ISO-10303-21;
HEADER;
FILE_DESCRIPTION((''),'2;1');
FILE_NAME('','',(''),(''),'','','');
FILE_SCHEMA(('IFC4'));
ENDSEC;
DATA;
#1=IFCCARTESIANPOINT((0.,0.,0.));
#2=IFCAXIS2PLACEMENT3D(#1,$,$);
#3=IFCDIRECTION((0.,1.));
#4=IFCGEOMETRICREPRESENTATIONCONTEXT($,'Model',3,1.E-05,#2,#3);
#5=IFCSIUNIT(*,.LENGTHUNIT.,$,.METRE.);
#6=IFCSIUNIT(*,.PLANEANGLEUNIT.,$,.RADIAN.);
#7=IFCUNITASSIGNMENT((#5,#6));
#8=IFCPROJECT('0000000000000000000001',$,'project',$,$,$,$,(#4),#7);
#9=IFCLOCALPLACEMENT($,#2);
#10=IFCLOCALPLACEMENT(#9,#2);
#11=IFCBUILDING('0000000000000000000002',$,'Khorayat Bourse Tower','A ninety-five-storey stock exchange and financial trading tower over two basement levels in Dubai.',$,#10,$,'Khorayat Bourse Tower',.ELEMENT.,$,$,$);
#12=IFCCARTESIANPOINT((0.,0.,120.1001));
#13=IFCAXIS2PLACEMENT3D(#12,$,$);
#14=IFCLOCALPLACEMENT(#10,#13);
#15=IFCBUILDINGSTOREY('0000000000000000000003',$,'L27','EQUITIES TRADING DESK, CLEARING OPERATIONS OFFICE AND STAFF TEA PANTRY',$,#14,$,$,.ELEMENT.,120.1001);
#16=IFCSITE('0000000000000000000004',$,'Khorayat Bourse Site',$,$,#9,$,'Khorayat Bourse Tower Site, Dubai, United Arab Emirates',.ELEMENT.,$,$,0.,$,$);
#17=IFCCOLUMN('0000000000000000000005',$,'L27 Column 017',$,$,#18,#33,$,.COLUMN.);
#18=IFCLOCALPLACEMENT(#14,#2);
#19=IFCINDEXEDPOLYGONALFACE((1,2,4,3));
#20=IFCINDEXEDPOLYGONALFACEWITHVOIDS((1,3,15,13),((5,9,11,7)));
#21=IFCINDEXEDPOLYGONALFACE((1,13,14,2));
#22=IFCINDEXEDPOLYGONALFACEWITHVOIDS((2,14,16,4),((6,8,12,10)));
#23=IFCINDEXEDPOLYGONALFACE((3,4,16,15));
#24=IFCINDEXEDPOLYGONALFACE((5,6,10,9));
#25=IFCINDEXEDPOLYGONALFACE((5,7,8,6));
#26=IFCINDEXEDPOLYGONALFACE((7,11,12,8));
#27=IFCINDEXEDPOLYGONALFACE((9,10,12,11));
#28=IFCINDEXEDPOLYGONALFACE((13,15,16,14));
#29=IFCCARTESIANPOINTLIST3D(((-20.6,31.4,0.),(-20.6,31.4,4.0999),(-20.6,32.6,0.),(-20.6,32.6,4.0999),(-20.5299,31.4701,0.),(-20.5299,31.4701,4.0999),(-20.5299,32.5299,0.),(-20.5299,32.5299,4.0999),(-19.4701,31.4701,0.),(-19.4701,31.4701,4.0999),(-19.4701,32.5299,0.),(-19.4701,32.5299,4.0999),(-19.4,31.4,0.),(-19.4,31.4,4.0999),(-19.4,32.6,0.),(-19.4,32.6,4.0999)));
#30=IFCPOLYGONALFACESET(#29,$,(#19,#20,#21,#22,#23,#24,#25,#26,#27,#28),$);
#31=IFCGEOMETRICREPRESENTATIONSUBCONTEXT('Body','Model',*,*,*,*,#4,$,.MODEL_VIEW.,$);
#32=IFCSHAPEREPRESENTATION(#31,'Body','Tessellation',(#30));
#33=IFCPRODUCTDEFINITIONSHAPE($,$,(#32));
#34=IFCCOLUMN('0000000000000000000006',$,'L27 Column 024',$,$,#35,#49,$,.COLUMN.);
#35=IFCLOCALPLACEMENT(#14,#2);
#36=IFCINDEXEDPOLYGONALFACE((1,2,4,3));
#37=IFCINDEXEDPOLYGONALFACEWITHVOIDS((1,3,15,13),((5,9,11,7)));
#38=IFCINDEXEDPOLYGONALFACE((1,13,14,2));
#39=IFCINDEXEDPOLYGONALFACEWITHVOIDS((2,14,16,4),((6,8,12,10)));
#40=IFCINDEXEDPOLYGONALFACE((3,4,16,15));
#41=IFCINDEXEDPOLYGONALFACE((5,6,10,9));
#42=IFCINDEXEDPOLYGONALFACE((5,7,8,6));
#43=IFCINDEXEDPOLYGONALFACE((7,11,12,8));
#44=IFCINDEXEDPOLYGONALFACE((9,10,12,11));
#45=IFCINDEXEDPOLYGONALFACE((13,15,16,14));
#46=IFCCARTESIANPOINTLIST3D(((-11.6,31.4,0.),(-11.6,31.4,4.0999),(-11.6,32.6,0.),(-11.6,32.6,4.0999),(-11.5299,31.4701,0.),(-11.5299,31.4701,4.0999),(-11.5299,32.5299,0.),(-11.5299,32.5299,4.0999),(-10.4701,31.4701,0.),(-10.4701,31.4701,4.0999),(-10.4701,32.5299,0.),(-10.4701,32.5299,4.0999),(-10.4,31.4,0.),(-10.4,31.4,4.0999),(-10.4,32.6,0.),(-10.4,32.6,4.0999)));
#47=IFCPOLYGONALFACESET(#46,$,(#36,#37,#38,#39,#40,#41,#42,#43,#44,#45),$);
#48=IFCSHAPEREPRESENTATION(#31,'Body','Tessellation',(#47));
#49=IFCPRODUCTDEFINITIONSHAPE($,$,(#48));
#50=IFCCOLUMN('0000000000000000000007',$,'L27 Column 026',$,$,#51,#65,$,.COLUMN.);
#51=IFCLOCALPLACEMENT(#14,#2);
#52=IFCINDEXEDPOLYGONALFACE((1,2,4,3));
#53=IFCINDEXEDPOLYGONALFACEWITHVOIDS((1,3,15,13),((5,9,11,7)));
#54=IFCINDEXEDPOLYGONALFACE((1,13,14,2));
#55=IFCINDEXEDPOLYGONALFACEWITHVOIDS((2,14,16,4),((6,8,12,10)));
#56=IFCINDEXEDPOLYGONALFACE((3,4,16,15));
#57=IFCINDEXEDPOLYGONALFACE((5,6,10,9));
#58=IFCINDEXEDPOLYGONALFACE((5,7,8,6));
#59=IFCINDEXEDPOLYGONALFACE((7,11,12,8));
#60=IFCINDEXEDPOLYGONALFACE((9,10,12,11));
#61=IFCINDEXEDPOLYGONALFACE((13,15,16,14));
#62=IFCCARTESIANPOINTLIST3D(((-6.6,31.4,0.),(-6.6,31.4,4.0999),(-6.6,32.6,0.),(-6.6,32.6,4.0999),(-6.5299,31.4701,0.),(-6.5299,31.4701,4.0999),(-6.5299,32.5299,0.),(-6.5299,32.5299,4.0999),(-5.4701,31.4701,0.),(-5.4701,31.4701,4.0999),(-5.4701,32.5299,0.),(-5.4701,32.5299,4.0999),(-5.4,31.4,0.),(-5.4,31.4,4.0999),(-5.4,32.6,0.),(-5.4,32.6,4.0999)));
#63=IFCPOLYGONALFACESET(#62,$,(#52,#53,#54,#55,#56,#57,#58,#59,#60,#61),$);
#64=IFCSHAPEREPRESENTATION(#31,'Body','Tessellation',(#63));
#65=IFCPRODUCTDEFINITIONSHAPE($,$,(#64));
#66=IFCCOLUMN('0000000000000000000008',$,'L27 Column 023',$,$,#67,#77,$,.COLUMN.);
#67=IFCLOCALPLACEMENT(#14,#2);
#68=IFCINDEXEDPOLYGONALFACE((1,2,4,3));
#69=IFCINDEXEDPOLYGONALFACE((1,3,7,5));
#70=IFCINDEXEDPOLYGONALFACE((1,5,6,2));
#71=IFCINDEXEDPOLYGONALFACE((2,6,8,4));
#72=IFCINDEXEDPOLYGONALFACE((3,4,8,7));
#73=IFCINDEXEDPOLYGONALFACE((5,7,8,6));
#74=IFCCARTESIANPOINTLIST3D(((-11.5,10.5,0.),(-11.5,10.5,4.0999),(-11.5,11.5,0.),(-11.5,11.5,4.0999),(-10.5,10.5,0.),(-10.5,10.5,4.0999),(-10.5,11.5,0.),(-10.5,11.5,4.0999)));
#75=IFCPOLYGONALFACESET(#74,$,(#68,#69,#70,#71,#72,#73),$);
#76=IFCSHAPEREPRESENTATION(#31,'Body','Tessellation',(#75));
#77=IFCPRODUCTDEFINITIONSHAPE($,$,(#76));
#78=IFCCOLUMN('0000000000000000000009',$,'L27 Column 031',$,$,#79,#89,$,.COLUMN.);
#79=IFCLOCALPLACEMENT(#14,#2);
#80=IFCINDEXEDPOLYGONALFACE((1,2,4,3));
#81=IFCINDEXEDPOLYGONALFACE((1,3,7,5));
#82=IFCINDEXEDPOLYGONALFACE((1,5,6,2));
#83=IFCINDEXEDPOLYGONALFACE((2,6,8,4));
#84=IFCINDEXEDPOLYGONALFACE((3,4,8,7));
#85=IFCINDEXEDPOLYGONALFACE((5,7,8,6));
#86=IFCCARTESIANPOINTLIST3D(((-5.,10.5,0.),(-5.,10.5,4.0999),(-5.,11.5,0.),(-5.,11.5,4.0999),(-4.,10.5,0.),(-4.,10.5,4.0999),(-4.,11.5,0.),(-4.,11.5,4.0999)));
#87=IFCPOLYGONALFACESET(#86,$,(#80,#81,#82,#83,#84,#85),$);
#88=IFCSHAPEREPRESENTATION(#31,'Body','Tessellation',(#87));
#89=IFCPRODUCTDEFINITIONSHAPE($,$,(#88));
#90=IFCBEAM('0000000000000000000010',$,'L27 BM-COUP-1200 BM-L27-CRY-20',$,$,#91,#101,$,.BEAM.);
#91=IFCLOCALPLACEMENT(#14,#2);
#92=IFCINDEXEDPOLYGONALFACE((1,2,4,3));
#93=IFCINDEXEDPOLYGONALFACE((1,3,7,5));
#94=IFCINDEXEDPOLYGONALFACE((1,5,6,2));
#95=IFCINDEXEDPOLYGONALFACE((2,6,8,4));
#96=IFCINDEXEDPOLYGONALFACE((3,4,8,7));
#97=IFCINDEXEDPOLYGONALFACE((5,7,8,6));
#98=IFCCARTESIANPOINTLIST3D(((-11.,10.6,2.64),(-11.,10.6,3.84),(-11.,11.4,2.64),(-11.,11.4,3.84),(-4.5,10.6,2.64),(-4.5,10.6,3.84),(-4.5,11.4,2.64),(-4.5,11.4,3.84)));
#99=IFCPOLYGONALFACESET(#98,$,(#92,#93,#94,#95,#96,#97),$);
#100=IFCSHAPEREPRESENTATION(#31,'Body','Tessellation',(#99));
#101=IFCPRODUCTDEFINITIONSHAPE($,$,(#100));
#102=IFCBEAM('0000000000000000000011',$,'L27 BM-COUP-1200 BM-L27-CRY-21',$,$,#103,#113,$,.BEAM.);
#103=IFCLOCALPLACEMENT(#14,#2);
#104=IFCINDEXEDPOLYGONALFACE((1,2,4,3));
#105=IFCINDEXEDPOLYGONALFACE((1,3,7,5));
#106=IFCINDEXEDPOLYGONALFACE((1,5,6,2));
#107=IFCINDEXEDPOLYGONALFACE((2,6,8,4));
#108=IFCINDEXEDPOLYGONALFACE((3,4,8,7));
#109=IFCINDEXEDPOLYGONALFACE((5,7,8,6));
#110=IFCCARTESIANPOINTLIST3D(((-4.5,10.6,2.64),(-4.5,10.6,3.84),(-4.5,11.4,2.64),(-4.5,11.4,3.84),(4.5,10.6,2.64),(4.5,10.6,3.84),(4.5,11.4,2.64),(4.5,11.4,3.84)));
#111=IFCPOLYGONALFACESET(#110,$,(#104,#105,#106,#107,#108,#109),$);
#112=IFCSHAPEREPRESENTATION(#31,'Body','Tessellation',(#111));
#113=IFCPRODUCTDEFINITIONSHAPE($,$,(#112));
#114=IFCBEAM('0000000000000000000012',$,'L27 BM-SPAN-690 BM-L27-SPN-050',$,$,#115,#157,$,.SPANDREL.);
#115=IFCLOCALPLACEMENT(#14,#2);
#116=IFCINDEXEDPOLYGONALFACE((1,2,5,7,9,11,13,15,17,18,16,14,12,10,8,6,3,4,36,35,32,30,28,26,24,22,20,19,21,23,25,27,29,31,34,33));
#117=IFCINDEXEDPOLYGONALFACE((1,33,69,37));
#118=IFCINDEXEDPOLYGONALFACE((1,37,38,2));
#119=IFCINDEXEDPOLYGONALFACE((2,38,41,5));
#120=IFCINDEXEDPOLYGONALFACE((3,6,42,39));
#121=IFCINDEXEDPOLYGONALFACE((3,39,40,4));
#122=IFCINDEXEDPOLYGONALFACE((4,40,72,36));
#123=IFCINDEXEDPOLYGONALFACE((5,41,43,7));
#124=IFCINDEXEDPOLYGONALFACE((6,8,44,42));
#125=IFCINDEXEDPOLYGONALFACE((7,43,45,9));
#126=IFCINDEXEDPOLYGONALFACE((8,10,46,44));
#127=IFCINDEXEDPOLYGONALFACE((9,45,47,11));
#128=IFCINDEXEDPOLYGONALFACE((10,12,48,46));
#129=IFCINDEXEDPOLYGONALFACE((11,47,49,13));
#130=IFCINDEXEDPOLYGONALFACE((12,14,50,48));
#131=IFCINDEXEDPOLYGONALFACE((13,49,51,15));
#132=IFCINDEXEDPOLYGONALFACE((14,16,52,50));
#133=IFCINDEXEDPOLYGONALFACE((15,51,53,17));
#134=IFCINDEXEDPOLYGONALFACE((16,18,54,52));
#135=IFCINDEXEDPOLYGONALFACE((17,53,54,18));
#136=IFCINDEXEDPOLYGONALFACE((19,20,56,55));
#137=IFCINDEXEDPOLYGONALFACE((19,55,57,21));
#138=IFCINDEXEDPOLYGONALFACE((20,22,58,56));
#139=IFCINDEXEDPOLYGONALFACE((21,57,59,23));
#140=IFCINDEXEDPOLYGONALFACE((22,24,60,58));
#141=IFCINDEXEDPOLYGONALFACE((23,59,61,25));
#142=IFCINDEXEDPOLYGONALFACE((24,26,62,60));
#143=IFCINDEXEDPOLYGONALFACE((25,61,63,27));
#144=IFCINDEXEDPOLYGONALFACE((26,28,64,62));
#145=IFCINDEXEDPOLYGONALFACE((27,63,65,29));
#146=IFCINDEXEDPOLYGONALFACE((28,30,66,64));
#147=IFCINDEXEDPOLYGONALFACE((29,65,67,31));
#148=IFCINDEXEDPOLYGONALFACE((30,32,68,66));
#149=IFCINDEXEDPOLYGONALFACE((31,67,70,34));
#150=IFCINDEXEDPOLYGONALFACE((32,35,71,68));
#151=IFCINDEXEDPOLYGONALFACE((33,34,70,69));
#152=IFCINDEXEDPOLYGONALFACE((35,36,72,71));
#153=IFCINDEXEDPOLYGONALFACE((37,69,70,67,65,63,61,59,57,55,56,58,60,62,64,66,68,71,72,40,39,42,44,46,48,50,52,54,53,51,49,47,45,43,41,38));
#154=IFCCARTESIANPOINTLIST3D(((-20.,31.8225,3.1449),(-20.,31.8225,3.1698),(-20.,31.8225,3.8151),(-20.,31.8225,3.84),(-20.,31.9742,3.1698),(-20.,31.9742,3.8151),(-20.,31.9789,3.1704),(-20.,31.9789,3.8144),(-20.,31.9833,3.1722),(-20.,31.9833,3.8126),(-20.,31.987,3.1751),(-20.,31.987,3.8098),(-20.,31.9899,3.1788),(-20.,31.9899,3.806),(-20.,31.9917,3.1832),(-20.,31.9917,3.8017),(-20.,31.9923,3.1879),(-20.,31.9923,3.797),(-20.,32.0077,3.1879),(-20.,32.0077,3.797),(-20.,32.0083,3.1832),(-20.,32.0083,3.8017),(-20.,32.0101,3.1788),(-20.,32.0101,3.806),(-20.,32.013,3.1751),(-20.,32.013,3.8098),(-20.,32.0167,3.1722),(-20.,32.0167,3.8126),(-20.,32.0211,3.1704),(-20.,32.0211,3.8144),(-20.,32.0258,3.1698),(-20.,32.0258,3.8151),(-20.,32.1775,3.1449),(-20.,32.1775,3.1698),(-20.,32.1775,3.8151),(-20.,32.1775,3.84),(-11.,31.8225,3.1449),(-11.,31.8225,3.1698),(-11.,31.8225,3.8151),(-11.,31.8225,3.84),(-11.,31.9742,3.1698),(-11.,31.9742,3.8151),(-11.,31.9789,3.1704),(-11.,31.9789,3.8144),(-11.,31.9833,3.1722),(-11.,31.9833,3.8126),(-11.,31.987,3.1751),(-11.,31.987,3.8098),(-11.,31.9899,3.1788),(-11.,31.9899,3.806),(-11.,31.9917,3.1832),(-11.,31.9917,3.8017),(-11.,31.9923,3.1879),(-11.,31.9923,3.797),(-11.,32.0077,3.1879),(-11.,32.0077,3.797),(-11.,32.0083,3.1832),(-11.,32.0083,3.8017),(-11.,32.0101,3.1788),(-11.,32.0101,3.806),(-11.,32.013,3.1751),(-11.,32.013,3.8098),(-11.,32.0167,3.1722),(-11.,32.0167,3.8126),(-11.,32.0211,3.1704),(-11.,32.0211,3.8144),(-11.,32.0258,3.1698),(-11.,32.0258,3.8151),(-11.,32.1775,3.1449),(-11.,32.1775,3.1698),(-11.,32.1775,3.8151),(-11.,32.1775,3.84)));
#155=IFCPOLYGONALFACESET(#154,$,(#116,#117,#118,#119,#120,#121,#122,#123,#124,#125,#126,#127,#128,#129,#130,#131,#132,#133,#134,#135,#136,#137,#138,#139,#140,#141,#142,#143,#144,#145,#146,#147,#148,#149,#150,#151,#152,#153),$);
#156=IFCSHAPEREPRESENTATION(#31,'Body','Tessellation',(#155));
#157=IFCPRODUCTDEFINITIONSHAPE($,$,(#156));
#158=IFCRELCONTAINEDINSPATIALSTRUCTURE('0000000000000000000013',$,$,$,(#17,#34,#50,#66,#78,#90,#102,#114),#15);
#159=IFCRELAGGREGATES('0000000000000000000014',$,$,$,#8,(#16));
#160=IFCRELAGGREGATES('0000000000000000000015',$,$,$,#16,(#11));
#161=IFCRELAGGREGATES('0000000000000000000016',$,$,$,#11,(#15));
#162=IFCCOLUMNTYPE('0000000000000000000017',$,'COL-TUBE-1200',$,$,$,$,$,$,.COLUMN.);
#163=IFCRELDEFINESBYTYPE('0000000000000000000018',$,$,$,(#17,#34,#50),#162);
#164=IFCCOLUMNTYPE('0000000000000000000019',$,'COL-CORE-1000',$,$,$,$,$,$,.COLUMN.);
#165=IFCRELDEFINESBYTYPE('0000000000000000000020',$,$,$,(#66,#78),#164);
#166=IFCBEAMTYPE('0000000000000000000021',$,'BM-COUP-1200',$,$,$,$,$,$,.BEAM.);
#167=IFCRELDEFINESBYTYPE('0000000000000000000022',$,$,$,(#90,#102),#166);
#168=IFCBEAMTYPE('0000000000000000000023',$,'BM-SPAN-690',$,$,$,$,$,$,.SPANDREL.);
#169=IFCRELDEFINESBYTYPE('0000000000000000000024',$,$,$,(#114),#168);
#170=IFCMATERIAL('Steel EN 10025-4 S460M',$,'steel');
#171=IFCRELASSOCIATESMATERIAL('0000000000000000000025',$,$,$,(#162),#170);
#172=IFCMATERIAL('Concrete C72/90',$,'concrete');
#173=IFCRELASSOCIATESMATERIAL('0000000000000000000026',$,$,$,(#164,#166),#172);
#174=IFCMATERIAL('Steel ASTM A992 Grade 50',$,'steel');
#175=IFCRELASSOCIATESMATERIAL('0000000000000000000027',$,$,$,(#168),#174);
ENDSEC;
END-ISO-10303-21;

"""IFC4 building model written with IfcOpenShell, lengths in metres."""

from ifc_helpers import new_model, si_unit, direction, frame, origin, origin_2d, place, context, subcontext, project, spatial, rectangle, hollow_rectangle, i_section, extrude, source, transform, mapped, material, material_profile, profile_set, type_object, element, save


model = new_model("IFC4")

# Units and contexts
model_context = context("Model", 3, precision=1e-05, world=origin(), true_north=direction((0.0, 1.0)))
body_context = subcontext(model_context, "Body", "Model", "MODEL_VIEW")
ifc_project = project(units=[si_unit("LENGTHUNIT", "METRE"), si_unit("PLANEANGLEUNIT", "RADIAN")], contexts=[model_context])

# Site, building, storey
site_placement = place(None, origin())
site = spatial("IfcSite", under=ifc_project, at=site_placement, Name="Khorayat Bourse Site", LongName="Khorayat Bourse Tower Site, Dubai, United Arab Emirates", CompositionType="ELEMENT", RefElevation=0.0)
building_placement = place(site_placement, origin())
building = spatial("IfcBuilding", under=site, at=building_placement, Name="Khorayat Bourse Tower", Description="A ninety-five-storey stock exchange and financial trading tower over two basement levels in Dubai.", LongName="Khorayat Bourse Tower", CompositionType="ELEMENT")
storey_placement = place(building_placement, frame((0.0, 0.0, 120.1001)))
storey = spatial("IfcBuildingStorey", under=building, at=storey_placement, Name="L27", Description="EQUITIES TRADING DESK, CLEARING OPERATIONS OFFICE AND STAFF TEA PANTRY", CompositionType="ELEMENT", Elevation=120.1001)

# Columns
ifc_material_1 = material(Name="Steel EN 10025-4 S460M", Category="steel")
ifc_material_profile_1 = material_profile(ifc_material_1, hollow_rectangle(XDim=1.2, YDim=1.2, WallThickness=0.0701, at=origin_2d()), Name="BOX 1200x1200x70")
ifc_profile_set_1 = profile_set([ifc_material_profile_1], Name="Steel EN 10025-4 S460M")
column_type_1 = type_object("IfcColumnType", Name="COL-TUBE-1200", PredefinedType="COLUMN", material=ifc_profile_set_1)
shared_shape_1 = source(origin(), body_context, "Body", "SweptSolid", [
    extrude(hollow_rectangle(XDim=1.2, YDim=1.2, WallThickness=0.0701, at=origin_2d()), origin(), (0.0, 0.0, 1.0), 4.0999),
])
for number, where, z_axis, x_axis, name in (
    (1, (-20.0, 32.0, 0.0), (0.0, 0.0, 1.0), (1.0, 0.0, 0.0), "L27 Column 017"),
    (2, (-11.0, 32.0, 0.0), (0.0, 0.0, 1.0), (1.0, 0.0, 0.0), "L27 Column 024"),
    (3, (-6.0, 32.0, 0.0), (0.0, 0.0, 1.0), (1.0, 0.0, 0.0), "L27 Column 026"),
):
    element("IfcColumn", number, at=place(storey_placement, frame(where, z_axis=z_axis, x_axis=x_axis)), inside=storey, type_object=column_type_1, Name=name, PredefinedType="COLUMN", context=body_context, shape_type="MappedRepresentation", body=[
        mapped(shared_shape_1, transform((0.0, 0.0, 0.0), scale=1.0)),
    ])
ifc_material_2 = material(Name="Concrete C72/90", Category="concrete")
ifc_material_profile_2 = material_profile(ifc_material_2, rectangle(XDim=1.0, YDim=1.0, at=origin_2d()), Name="RC 1000x1000")
ifc_profile_set_2 = profile_set([ifc_material_profile_2], Name="Concrete C72/90")
column_type_2 = type_object("IfcColumnType", Name="COL-CORE-1000", PredefinedType="COLUMN", material=ifc_profile_set_2)
shared_shape_2 = source(origin(), body_context, "Body", "SweptSolid", [
    extrude(rectangle(XDim=1.0, YDim=1.0, at=origin_2d()), origin(), (0.0, 0.0, 1.0), 4.0999),
])
for number, where, z_axis, x_axis, name in (
    (4, (-11.0, 11.0, 0.0), (0.0, 0.0, 1.0), (1.0, 0.0, 0.0), "L27 Column 023"),
    (5, (-4.5, 11.0, 0.0), (0.0, 0.0, 1.0), (1.0, 0.0, 0.0), "L27 Column 031"),
):
    element("IfcColumn", number, at=place(storey_placement, frame(where, z_axis=z_axis, x_axis=x_axis)), inside=storey, type_object=column_type_2, Name=name, PredefinedType="COLUMN", context=body_context, shape_type="MappedRepresentation", body=[
        mapped(shared_shape_2, transform((0.0, 0.0, 0.0), scale=1.0)),
    ])

# Beams
ifc_material_profile_3 = material_profile(ifc_material_2, rectangle(XDim=0.8, YDim=1.2, at=origin_2d()), Name="RC 800x1200")
ifc_profile_set_3 = profile_set([ifc_material_profile_3], Name="Concrete C72/90")
beam_type_1 = type_object("IfcBeamType", Name="BM-COUP-1200", PredefinedType="BEAM", material=ifc_profile_set_3)
shared_shape_3 = source(origin(), body_context, "Body", "SweptSolid", [
    extrude(rectangle(XDim=0.8, YDim=1.2, at=origin_2d()), origin(), (0.0, 0.0, 1.0), 6.5),
])
beam_1_placement = place(storey_placement, frame((-11.0, 11.0, 3.24), z_axis=(1.0, 0.0, 0.0), x_axis=(0.0, 1.0, 0.0)))
element("IfcBeam", 6, at=beam_1_placement, inside=storey, type_object=beam_type_1, Name="L27 BM-COUP-1200 BM-L27-CRY-20", PredefinedType="BEAM", context=body_context, shape_type="MappedRepresentation", body=[
    mapped(shared_shape_3, transform((0.0, 0.0, 0.0), scale=1.0)),
])
shared_shape_4 = source(origin(), body_context, "Body", "SweptSolid", [
    extrude(rectangle(XDim=0.8, YDim=1.2, at=origin_2d()), origin(), (0.0, 0.0, 1.0), 9.0),
])
beam_2_placement = place(storey_placement, frame((-4.5, 11.0, 3.24), z_axis=(1.0, 0.0, 0.0), x_axis=(0.0, 1.0, 0.0)))
element("IfcBeam", 7, at=beam_2_placement, inside=storey, type_object=beam_type_1, Name="L27 BM-COUP-1200 BM-L27-CRY-21", PredefinedType="BEAM", context=body_context, shape_type="MappedRepresentation", body=[
    mapped(shared_shape_4, transform((0.0, 0.0, 0.0), scale=1.0)),
])
ifc_material_3 = material(Name="Steel ASTM A992 Grade 50", Category="steel")
ifc_material_profile_4 = material_profile(ifc_material_3, i_section(OverallWidth=0.355, OverallDepth=0.6951, WebThickness=0.0154, FlangeThickness=0.0249, FilletRadius=0.0181, at=origin_2d()), Name="W690X217")
ifc_profile_set_4 = profile_set([ifc_material_profile_4], Name="Steel ASTM A992 Grade 50")
beam_type_2 = type_object("IfcBeamType", Name="BM-SPAN-690", PredefinedType="SPANDREL", material=ifc_profile_set_4)
shared_shape_5 = source(origin(), body_context, "Body", "SweptSolid", [
    extrude(i_section(OverallWidth=0.355, OverallDepth=0.6951, WebThickness=0.0154, FlangeThickness=0.0249, FilletRadius=0.0181, at=origin_2d()), origin(), (0.0, 0.0, 1.0), 9.0),
])
beam_3_placement = place(storey_placement, frame((-20.0, 32.0, 3.4924), z_axis=(1.0, 0.0, 0.0), x_axis=(0.0, 1.0, 0.0)))
element("IfcBeam", 8, at=beam_3_placement, inside=storey, type_object=beam_type_2, Name="L27 BM-SPAN-690 BM-L27-SPN-050", PredefinedType="SPANDREL", context=body_context, shape_type="MappedRepresentation", body=[
    mapped(shared_shape_5, transform((0.0, 0.0, 0.0), scale=1.0)),
])

save(model, "model.ifc")
